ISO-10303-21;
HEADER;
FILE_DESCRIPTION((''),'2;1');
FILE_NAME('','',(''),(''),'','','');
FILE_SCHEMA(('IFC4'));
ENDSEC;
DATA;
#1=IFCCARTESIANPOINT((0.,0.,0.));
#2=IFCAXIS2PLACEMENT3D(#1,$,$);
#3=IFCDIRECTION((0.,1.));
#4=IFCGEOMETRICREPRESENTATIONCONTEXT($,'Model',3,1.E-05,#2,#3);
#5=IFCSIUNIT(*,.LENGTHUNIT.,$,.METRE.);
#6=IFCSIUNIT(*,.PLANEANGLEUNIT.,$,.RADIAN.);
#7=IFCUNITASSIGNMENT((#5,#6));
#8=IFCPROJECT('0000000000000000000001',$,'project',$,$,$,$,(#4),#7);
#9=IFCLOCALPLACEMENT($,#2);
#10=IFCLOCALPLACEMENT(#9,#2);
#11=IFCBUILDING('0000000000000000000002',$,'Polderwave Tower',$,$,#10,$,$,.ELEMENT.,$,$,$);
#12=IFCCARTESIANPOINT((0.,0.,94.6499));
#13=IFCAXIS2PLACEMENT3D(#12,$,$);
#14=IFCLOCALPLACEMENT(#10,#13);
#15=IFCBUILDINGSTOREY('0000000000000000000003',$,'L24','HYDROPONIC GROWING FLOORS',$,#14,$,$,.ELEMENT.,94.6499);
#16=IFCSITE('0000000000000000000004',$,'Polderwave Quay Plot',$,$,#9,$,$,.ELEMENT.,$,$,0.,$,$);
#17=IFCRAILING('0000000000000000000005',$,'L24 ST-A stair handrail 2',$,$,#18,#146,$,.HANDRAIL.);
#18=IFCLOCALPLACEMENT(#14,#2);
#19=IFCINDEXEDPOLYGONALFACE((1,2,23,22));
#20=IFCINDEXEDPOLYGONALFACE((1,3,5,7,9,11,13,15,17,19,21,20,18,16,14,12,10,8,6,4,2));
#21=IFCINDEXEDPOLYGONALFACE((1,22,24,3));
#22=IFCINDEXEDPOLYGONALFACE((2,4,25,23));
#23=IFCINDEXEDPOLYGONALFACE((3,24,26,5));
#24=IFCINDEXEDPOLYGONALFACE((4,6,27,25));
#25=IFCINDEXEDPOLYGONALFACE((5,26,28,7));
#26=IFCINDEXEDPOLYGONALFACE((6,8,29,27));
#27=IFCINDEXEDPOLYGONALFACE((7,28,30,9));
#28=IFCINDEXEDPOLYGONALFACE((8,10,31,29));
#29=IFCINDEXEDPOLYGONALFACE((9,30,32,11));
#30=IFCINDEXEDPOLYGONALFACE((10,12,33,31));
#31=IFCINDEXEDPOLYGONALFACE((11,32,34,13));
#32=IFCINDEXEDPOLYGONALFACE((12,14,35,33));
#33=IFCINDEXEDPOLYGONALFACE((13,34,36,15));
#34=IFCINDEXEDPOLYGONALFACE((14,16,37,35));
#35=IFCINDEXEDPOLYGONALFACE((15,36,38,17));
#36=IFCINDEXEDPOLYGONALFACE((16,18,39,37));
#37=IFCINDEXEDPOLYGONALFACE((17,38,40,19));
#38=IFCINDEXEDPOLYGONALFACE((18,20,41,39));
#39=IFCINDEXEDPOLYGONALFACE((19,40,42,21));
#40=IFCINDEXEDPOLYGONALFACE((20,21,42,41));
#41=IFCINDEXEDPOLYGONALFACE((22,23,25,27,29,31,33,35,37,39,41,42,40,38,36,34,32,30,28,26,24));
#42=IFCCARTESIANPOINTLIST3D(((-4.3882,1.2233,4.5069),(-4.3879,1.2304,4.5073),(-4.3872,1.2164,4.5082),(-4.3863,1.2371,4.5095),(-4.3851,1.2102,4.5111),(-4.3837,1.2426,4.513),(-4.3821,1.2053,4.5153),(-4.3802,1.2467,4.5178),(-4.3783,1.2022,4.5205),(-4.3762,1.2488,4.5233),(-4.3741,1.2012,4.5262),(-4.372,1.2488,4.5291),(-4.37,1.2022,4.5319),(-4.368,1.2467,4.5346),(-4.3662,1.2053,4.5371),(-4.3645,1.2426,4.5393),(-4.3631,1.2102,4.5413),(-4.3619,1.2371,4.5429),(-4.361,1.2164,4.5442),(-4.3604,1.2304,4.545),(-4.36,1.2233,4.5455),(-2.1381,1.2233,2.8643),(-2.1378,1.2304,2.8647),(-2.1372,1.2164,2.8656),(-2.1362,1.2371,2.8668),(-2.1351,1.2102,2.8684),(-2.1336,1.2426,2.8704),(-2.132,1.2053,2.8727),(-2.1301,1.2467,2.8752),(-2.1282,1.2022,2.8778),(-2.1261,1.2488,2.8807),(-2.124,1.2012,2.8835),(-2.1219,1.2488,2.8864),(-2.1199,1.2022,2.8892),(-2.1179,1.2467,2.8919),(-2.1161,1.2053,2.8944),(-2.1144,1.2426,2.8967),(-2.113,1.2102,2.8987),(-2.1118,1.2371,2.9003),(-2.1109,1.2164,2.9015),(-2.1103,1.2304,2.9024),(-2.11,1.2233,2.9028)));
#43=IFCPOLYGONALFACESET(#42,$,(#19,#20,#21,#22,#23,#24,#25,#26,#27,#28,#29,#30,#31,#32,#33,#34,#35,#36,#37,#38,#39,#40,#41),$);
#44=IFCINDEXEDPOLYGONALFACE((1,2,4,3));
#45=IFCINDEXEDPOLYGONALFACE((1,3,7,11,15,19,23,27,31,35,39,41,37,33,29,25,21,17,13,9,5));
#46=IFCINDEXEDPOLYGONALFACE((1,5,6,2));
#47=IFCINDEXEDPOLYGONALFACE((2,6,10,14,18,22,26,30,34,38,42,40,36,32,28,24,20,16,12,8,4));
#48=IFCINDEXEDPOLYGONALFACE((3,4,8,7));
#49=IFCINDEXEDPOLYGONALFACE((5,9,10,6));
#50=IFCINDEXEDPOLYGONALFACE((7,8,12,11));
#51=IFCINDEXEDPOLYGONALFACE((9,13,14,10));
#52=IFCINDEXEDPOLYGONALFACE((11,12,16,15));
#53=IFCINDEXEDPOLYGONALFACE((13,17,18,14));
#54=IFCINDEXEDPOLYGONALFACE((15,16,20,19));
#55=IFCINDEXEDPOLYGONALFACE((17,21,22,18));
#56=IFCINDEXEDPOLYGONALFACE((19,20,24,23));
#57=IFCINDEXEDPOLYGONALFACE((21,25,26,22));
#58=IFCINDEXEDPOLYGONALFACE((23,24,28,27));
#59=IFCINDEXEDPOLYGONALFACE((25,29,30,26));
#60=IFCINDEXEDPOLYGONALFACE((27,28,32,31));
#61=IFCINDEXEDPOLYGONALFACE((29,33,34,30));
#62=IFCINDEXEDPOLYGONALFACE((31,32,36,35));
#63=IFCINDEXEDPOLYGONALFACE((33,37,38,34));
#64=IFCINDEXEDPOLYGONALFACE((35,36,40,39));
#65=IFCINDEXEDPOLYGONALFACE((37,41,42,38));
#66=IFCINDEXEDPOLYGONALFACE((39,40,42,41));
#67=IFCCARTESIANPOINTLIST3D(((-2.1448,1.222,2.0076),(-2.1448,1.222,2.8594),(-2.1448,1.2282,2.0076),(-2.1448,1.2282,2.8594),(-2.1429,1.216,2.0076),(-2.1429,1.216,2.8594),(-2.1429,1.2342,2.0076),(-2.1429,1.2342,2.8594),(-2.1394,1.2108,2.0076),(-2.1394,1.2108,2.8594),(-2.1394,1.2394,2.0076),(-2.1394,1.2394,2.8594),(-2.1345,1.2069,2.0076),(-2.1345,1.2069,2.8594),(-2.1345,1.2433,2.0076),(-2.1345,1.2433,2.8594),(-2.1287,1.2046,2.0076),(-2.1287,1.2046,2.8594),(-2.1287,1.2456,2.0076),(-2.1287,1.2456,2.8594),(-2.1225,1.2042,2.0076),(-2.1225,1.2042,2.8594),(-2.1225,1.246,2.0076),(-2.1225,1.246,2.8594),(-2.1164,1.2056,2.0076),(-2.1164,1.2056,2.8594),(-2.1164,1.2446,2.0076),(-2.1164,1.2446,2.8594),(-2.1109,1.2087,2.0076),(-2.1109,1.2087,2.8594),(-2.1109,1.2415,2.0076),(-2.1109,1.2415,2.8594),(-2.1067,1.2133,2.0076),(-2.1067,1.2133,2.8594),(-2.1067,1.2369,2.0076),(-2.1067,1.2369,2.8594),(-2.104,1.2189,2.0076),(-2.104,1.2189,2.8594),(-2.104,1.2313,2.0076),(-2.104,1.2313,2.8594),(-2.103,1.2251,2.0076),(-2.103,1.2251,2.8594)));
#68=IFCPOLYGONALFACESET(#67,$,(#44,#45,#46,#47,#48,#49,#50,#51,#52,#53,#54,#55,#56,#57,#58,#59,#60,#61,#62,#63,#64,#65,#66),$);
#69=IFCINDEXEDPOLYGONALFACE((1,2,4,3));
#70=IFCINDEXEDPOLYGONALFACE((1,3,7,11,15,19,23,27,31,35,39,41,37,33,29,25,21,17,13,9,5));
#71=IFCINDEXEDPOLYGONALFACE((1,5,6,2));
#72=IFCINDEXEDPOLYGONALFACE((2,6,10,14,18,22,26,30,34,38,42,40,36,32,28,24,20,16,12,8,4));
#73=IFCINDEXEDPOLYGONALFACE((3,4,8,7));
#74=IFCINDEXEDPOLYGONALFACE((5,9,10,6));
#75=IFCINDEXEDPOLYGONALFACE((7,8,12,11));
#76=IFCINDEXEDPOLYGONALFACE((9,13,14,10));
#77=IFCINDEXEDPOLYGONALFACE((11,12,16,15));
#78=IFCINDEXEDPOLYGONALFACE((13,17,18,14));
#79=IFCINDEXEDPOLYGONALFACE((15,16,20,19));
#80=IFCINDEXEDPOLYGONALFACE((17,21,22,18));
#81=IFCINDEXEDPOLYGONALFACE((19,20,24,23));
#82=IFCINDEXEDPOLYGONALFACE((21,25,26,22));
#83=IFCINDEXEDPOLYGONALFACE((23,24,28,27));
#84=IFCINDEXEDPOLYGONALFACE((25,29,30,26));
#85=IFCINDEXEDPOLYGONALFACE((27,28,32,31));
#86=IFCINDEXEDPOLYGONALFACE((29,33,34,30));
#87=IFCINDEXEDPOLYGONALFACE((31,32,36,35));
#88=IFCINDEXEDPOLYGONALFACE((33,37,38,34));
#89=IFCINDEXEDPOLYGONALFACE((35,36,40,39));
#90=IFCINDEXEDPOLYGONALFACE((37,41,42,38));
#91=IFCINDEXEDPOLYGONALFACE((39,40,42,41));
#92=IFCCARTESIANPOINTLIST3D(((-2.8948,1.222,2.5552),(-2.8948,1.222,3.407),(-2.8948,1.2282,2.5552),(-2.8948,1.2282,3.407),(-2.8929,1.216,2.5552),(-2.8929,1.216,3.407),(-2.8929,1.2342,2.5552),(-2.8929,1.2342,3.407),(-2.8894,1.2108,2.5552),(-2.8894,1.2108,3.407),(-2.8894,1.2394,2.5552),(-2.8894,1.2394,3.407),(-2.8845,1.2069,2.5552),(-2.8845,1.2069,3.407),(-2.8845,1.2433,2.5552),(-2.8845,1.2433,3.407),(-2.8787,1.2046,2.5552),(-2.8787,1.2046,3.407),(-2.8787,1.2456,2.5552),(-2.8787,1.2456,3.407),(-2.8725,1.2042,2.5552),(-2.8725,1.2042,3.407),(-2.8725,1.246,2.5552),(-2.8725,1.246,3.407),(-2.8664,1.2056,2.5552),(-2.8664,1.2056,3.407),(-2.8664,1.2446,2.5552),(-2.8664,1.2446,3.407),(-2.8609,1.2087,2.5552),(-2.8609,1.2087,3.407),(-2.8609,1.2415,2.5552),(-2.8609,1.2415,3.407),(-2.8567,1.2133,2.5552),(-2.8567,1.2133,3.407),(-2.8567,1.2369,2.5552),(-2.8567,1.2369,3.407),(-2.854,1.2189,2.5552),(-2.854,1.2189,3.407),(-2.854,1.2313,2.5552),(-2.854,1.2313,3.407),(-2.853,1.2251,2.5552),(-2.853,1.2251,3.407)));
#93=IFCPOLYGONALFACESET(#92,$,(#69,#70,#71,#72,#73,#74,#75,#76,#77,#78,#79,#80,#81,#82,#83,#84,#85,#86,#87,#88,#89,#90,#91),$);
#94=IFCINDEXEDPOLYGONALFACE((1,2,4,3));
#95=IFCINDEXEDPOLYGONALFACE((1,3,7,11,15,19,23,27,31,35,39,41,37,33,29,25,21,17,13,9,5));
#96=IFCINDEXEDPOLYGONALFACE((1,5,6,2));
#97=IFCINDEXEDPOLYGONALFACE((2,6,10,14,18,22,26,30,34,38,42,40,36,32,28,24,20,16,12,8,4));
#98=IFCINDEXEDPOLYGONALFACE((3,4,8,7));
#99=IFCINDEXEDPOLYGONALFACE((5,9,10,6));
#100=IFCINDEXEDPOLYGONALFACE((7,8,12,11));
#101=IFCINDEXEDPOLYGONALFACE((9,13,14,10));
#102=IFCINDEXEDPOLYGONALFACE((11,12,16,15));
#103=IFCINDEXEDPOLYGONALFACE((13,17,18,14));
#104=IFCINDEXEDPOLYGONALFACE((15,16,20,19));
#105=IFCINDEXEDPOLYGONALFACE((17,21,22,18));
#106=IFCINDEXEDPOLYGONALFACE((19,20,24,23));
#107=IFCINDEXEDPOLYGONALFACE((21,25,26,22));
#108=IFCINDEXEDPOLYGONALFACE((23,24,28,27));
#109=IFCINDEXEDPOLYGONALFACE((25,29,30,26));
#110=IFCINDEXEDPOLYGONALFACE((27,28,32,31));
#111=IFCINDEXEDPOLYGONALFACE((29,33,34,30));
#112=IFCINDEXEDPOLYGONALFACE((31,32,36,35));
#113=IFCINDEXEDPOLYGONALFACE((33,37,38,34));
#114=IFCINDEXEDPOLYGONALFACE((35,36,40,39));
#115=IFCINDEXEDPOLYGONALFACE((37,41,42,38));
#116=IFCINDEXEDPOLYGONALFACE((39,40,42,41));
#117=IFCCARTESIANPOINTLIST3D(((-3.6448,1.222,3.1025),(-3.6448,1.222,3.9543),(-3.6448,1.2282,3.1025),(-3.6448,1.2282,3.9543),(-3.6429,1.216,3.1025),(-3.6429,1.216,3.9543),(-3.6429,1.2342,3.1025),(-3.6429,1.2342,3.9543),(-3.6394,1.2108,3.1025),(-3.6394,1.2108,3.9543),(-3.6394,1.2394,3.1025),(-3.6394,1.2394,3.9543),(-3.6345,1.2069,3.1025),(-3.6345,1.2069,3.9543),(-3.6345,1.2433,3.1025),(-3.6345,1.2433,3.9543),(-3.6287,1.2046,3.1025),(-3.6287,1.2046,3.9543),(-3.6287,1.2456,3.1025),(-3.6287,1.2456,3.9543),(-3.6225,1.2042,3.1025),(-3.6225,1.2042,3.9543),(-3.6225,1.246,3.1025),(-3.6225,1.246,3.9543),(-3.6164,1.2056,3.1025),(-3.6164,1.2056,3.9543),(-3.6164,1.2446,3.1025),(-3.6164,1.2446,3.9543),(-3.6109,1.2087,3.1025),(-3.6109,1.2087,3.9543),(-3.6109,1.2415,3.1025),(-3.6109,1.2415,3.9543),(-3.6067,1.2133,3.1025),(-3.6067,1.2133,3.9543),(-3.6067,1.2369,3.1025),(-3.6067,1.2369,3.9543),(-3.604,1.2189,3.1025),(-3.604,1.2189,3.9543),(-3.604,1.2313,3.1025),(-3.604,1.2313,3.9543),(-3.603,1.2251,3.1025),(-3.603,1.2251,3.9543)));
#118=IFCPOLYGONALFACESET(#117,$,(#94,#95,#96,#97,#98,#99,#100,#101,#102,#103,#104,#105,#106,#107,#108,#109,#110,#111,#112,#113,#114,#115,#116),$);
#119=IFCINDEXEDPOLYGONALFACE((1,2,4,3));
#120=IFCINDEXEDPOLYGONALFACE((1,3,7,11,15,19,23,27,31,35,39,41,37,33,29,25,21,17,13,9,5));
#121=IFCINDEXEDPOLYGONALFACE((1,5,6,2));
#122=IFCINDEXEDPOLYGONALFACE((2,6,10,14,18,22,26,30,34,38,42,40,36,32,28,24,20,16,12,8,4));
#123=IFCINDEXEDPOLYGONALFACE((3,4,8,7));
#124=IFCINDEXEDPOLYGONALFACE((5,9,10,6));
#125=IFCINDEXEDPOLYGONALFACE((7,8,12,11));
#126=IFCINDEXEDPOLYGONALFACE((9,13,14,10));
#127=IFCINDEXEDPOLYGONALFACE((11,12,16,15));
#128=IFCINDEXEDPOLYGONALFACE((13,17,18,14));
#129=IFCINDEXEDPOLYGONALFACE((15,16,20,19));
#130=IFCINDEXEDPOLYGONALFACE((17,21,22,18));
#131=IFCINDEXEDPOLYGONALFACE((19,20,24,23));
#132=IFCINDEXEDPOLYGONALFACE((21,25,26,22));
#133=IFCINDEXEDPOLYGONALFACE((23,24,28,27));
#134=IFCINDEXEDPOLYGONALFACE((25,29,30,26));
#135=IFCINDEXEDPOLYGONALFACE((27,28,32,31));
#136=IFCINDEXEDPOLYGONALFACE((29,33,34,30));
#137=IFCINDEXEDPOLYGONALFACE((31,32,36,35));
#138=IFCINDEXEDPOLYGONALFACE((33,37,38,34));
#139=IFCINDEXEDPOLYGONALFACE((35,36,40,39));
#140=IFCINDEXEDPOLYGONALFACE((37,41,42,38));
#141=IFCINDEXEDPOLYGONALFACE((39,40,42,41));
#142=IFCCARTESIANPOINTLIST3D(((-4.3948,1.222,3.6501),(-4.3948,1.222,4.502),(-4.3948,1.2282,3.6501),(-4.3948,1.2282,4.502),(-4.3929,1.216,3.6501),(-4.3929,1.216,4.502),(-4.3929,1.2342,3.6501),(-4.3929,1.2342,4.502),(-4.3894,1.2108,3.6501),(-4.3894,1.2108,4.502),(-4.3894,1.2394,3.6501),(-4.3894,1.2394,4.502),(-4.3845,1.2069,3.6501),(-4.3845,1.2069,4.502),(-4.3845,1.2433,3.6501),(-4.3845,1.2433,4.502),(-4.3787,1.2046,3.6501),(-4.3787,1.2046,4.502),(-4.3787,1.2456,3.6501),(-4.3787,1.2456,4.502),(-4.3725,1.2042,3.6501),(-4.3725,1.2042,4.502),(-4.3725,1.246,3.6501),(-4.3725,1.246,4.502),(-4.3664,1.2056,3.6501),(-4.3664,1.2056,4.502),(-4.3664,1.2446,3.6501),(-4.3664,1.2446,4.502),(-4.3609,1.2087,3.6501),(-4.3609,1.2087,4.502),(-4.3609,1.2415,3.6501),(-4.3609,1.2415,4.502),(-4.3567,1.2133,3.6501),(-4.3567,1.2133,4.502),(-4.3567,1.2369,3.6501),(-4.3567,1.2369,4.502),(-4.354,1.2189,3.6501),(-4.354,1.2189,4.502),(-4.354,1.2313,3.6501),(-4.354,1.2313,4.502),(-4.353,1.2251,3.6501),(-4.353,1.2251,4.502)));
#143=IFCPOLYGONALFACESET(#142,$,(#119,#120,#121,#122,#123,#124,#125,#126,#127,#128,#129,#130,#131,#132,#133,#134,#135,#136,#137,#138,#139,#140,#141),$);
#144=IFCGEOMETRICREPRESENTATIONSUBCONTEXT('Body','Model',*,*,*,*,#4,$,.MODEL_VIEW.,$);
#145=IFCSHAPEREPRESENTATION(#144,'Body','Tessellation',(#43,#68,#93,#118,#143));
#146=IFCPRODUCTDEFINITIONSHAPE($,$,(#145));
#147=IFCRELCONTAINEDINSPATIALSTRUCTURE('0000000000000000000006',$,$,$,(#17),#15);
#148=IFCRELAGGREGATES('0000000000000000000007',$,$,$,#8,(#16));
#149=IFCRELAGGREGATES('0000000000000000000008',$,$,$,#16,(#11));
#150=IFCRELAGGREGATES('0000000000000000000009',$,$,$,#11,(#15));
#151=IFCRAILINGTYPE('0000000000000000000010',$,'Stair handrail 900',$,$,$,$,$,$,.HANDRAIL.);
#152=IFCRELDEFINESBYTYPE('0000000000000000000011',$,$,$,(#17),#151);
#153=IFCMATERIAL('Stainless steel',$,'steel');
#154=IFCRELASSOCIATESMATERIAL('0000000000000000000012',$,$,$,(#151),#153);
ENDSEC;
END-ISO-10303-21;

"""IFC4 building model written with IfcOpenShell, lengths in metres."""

from ifc_helpers import new_model, si_unit, direction, frame, origin, origin_2d, place, context, subcontext, project, spatial, circle, extrude, material, type_object, element, save


model = new_model("IFC4")

# Units and contexts
model_context = context("Model", 3, precision=1e-05, world=origin(), true_north=direction((0.0, 1.0)))
body_context = subcontext(model_context, "Body", "Model", "MODEL_VIEW")
ifc_project = project(units=[si_unit("LENGTHUNIT", "METRE"), si_unit("PLANEANGLEUNIT", "RADIAN")], contexts=[model_context])

# Site, building, storey
site_placement = place(None, origin())
site = spatial("IfcSite", under=ifc_project, at=site_placement, Name="Polderwave Quay Plot", CompositionType="ELEMENT", RefElevation=0.0)
building_placement = place(site_placement, origin())
building = spatial("IfcBuilding", under=site, at=building_placement, Name="Polderwave Tower", CompositionType="ELEMENT")
storey_placement = place(building_placement, frame((0.0, 0.0, 94.6499)))
storey = spatial("IfcBuildingStorey", under=building, at=storey_placement, Name="L24", Description="HYDROPONIC GROWING FLOORS", CompositionType="ELEMENT", Elevation=94.6499)

# Railing
ifc_material_1 = material(Name="Stainless steel", Category="steel")
railing_type_1 = type_object("IfcRailingType", Name="Stair handrail 900", PredefinedType="HANDRAIL", material=ifc_material_1)
railing_1_placement = place(storey_placement, frame((-2.124, 1.2251, 2.0076)))
element("IfcRailing", 1, at=railing_1_placement, inside=storey, type_object=railing_type_1, Name="L24 ST-A stair handrail 2", PredefinedType="HANDRAIL", context=body_context, shape_type="SweptSolid", body=[
    extrude(circle(Radius=0.0239, at=origin_2d()), frame((0.0, 0.0, 0.876), z_axis=(-0.807674, 0.0, 0.58963), x_axis=(0.0, -1.0, 0.0)), (0.0, 0.0, 1.0), 2.7859),
    extrude(circle(Radius=0.021, at=origin_2d()), origin(), (0.0, 0.0, 1.0), 0.8518),
    extrude(circle(Radius=0.021, at=origin_2d()), frame((-0.75, 0.0, 0.5476)), (0.0, 0.0, 1.0), 0.8518),
    extrude(circle(Radius=0.021, at=origin_2d()), frame((-1.5, 0.0, 1.095)), (0.0, 0.0, 1.0), 0.8518),
    extrude(circle(Radius=0.021, at=origin_2d()), frame((-2.25, 0.0, 1.6426)), (0.0, 0.0, 1.0), 0.8518),
])

save(model, "model.ifc")
